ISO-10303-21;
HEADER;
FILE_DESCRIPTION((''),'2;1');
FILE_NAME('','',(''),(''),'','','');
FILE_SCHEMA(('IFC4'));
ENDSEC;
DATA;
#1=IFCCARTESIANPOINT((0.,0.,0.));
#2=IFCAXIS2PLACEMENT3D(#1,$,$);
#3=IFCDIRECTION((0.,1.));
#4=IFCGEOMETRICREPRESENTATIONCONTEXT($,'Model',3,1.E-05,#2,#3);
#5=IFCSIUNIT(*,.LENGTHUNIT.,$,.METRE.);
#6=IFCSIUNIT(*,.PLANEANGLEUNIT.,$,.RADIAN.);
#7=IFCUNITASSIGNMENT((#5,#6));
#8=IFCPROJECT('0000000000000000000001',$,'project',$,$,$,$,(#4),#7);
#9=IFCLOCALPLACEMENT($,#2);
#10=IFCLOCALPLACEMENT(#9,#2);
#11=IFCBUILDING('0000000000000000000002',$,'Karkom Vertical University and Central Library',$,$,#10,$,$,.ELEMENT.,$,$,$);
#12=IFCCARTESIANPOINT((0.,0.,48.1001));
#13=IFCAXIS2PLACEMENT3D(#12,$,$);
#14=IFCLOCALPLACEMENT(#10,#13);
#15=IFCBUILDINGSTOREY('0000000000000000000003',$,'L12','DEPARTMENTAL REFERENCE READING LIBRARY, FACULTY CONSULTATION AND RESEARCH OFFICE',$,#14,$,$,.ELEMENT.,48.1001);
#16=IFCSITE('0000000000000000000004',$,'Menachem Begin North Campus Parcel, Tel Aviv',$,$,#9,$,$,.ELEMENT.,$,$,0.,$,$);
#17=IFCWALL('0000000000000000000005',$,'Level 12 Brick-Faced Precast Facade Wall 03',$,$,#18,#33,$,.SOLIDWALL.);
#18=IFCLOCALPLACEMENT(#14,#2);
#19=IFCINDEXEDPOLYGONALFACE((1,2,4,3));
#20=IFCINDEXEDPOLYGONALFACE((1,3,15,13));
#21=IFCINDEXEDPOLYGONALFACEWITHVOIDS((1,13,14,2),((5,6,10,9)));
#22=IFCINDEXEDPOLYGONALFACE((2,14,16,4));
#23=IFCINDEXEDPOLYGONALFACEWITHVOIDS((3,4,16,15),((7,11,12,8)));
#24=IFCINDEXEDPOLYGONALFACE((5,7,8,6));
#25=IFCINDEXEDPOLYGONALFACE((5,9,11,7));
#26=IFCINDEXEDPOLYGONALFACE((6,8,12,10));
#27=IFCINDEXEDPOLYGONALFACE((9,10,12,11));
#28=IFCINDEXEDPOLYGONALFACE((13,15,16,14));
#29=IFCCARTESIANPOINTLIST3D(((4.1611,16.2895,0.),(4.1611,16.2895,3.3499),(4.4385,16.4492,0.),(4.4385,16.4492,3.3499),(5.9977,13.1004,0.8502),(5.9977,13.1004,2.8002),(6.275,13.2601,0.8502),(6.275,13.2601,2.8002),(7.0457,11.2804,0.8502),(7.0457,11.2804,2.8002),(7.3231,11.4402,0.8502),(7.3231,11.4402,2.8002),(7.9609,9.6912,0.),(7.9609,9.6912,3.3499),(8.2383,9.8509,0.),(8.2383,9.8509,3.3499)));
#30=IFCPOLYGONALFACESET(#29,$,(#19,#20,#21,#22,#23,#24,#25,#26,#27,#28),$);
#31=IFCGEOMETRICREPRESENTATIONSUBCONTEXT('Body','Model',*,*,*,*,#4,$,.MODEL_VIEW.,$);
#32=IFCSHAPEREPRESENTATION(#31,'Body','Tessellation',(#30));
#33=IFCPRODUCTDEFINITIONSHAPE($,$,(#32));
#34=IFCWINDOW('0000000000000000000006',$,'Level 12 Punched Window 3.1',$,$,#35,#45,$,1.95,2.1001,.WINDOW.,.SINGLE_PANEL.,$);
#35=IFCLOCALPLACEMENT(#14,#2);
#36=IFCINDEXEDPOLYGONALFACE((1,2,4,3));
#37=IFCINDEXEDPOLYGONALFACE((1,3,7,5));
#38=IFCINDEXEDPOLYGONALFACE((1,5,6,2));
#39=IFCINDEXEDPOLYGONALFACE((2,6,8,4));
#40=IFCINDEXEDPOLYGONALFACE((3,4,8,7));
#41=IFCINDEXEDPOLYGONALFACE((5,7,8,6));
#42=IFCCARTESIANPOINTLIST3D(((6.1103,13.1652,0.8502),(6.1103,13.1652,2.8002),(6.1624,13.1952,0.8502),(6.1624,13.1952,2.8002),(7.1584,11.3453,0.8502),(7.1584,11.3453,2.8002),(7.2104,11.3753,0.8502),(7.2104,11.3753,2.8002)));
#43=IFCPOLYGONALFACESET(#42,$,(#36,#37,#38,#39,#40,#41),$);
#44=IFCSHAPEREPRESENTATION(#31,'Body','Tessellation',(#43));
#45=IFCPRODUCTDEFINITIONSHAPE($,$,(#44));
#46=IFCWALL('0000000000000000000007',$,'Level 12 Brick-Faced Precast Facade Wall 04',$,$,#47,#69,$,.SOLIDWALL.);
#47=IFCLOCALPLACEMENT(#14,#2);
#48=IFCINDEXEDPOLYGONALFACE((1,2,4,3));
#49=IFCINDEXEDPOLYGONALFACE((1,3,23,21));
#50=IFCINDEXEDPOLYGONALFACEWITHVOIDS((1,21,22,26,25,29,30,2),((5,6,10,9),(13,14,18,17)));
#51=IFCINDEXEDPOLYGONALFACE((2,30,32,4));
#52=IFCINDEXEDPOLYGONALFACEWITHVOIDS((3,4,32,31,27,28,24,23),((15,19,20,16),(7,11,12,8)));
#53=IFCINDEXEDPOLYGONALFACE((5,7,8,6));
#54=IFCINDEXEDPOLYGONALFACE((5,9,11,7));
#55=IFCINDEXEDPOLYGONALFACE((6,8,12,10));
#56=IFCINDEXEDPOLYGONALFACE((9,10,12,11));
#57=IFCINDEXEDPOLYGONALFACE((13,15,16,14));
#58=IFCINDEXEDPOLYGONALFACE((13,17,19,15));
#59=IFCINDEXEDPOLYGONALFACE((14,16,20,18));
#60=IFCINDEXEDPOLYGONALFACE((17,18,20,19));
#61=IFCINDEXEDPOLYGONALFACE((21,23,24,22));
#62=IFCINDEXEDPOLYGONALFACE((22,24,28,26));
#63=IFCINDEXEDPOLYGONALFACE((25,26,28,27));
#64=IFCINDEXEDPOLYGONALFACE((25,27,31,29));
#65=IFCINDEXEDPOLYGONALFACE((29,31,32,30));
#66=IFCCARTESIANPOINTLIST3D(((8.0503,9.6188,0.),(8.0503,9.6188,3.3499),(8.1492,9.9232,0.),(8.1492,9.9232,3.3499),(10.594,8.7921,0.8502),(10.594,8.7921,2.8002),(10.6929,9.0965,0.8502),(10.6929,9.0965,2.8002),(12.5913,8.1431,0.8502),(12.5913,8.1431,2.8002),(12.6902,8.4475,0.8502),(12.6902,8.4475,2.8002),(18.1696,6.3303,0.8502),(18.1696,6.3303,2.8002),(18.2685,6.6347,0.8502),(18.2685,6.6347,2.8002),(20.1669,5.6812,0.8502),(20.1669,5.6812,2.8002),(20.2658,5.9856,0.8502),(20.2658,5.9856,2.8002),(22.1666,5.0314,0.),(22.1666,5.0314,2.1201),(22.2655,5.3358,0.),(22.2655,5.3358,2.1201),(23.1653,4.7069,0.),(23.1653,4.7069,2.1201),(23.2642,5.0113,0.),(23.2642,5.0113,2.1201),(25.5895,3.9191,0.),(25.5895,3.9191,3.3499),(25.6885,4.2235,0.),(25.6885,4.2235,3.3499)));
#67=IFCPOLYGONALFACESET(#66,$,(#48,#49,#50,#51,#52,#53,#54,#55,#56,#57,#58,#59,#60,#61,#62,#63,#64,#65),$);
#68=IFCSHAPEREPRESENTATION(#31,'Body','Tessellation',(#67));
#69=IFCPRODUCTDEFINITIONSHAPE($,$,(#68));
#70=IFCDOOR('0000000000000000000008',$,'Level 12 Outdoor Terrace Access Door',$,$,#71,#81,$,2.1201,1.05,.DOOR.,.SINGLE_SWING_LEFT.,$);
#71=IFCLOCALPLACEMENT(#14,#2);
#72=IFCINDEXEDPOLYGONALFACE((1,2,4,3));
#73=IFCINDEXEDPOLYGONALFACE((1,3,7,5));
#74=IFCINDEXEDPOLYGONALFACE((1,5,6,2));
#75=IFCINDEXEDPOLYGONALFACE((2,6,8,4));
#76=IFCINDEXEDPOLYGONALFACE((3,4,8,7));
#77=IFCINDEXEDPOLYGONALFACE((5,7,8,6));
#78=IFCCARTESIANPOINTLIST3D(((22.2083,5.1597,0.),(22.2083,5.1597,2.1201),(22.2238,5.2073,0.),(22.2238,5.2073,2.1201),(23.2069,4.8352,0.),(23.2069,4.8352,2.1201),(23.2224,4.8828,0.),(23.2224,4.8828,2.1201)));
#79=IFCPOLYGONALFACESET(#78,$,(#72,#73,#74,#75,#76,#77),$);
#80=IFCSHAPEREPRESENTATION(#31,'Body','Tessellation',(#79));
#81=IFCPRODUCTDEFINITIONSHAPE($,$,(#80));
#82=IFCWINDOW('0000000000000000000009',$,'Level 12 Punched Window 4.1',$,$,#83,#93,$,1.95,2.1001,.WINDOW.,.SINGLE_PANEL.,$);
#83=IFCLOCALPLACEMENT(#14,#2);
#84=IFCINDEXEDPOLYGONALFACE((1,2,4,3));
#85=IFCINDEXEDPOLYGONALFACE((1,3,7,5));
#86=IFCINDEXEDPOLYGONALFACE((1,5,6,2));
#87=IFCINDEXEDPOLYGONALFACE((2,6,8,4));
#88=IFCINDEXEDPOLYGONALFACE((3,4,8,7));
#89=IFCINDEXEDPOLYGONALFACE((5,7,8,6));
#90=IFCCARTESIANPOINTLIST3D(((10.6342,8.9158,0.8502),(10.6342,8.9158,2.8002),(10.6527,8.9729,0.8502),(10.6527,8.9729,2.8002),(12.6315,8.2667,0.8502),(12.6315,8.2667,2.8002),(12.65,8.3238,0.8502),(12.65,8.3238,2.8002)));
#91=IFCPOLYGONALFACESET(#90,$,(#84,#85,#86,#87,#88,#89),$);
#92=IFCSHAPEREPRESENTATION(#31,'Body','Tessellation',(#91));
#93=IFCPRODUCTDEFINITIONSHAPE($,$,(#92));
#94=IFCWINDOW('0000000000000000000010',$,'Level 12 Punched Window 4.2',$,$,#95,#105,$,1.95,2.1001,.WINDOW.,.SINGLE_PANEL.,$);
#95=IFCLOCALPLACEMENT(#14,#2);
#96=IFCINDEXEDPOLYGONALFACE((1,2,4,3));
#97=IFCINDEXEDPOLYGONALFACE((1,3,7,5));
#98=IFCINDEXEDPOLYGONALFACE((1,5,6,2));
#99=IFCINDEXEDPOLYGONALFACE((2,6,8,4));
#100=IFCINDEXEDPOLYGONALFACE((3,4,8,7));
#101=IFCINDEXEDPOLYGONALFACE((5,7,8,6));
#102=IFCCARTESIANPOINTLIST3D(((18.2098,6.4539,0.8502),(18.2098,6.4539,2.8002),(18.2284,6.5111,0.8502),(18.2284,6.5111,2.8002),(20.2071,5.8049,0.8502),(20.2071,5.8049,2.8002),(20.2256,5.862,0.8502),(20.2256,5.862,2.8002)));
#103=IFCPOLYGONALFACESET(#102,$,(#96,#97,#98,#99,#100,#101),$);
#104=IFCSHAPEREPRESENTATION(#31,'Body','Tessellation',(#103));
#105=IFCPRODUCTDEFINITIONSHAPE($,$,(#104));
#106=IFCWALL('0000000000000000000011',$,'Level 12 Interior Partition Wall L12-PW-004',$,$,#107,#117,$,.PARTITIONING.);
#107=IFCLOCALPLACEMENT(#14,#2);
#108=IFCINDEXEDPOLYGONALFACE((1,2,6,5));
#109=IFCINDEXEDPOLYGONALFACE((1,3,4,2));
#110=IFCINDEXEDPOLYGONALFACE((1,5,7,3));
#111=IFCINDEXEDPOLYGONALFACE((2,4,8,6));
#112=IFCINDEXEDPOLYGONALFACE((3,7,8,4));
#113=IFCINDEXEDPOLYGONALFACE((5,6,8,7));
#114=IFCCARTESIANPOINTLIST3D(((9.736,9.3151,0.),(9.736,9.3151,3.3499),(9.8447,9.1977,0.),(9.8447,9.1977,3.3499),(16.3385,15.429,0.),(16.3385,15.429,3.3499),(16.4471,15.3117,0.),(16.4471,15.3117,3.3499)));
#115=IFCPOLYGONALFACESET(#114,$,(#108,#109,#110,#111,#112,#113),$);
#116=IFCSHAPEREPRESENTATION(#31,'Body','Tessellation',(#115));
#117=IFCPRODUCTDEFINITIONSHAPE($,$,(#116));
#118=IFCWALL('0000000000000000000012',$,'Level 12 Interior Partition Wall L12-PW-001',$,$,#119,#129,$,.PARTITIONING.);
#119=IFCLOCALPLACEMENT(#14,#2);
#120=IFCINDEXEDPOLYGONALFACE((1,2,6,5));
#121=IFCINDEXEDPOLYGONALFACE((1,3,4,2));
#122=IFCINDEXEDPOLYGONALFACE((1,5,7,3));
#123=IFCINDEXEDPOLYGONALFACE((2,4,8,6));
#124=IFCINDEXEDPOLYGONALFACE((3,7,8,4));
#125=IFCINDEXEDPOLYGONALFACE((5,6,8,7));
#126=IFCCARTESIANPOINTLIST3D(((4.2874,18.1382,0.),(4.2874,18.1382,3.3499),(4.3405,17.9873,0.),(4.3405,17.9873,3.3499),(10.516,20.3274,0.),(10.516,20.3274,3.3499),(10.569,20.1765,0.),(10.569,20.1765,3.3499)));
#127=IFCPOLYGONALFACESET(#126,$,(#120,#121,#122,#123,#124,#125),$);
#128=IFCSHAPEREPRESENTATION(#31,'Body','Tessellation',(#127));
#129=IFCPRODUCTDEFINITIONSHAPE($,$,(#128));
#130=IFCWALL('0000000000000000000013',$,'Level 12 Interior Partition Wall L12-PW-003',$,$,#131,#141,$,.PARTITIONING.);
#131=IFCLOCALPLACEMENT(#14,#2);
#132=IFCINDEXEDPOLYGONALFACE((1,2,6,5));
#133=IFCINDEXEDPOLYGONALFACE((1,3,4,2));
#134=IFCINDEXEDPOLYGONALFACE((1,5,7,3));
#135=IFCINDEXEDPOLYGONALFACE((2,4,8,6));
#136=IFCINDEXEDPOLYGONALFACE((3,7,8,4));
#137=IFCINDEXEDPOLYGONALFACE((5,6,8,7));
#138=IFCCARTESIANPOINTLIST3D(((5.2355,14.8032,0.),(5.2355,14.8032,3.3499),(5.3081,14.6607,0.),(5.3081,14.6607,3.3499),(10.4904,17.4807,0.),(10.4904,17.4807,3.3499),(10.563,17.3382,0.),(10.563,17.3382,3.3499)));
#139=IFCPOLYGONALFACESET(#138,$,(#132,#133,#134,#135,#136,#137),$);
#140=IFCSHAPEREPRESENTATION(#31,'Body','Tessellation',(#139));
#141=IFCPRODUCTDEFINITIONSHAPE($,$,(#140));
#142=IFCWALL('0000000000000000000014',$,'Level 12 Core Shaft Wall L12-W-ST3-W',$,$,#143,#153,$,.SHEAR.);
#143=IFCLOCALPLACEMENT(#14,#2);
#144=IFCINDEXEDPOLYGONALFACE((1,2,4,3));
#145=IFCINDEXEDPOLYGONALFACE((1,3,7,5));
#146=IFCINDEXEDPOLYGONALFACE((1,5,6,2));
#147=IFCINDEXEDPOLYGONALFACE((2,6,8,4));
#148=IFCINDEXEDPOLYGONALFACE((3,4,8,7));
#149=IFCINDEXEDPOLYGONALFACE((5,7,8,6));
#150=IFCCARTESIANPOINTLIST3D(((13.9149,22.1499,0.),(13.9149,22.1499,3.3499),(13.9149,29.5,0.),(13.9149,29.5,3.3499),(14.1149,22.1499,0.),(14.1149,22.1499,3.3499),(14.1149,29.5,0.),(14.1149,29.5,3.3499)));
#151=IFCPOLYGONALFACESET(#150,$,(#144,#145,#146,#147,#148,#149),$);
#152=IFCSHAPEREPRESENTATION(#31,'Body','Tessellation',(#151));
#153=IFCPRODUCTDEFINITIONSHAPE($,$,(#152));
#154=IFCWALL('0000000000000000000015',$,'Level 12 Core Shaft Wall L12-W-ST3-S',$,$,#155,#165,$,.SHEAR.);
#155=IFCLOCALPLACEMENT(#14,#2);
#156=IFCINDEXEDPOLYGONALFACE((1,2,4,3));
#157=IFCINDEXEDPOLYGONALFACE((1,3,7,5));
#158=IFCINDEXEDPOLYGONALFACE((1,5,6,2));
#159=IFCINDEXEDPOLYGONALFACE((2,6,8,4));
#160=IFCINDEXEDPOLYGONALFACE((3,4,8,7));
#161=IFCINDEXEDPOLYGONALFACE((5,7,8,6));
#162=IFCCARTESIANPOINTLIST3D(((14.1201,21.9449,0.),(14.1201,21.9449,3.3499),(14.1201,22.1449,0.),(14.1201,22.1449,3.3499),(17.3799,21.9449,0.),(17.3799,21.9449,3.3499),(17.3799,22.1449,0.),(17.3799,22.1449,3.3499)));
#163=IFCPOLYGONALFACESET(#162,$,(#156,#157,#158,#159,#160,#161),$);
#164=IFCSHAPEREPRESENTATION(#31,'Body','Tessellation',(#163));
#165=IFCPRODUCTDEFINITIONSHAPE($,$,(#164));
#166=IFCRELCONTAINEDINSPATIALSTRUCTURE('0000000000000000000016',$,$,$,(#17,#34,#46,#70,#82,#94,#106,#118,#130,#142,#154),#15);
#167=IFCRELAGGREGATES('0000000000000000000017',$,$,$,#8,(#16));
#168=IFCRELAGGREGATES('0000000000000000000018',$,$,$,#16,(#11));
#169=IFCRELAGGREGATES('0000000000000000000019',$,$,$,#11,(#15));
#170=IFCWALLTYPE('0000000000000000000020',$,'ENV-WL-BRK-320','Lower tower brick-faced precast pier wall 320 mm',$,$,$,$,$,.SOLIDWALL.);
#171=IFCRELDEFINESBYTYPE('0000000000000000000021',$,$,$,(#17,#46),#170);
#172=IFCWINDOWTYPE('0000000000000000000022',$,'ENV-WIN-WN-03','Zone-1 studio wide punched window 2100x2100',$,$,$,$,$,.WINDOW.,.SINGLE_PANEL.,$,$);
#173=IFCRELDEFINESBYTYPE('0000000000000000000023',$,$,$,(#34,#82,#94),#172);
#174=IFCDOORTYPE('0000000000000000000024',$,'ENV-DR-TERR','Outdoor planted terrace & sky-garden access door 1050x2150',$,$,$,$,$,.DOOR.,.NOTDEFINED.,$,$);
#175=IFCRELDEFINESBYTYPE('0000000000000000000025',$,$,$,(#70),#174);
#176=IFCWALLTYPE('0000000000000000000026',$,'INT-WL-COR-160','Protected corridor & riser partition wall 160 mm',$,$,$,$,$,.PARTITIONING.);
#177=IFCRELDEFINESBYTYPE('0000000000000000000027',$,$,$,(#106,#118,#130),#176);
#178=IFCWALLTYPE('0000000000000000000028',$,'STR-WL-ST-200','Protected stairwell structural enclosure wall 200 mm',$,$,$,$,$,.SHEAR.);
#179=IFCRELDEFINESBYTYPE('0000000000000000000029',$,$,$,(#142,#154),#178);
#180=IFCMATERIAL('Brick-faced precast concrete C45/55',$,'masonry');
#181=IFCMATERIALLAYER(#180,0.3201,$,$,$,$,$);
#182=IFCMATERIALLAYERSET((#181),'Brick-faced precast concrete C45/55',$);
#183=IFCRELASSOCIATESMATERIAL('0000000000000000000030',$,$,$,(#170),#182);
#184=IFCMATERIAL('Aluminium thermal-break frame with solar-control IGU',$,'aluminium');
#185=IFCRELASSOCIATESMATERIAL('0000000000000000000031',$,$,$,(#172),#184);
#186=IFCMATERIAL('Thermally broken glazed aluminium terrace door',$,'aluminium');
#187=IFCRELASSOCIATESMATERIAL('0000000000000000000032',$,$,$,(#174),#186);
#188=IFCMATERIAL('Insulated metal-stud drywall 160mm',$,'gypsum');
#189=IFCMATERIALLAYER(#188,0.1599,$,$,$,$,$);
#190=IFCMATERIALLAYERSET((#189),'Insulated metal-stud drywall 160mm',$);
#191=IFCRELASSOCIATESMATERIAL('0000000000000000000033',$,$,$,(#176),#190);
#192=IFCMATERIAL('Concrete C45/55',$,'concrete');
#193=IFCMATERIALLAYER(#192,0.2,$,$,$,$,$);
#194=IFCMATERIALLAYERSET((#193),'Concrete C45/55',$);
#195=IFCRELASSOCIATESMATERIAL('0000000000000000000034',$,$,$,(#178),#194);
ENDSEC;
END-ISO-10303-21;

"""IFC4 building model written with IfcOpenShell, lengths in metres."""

from ifc_helpers import new_model, si_unit, direction, frame, frame_2d, origin, origin_with_axes, place, context, subcontext, project, spatial, rectangle, extrude, source, transform, mapped, material, layer, layer_set, type_object, element, fill, save


model = new_model("IFC4")

# Units and contexts
model_context = context("Model", 3, precision=1e-05, world=origin(), true_north=direction((0.0, 1.0)))
body_context = subcontext(model_context, "Body", "Model", "MODEL_VIEW")
ifc_project = project(units=[si_unit("LENGTHUNIT", "METRE"), si_unit("PLANEANGLEUNIT", "RADIAN")], contexts=[model_context])

# Site, building, storey
site_placement = place(None, origin())
site = spatial("IfcSite", under=ifc_project, at=site_placement, Name="Menachem Begin North Campus Parcel, Tel Aviv", CompositionType="ELEMENT", RefElevation=0.0)
building_placement = place(site_placement, origin())
building = spatial("IfcBuilding", under=site, at=building_placement, Name="Karkom Vertical University and Central Library", CompositionType="ELEMENT")
storey_placement = place(building_placement, frame((0.0, 0.0, 48.1001)))
storey = spatial("IfcBuildingStorey", under=building, at=storey_placement, Name="L12", Description="DEPARTMENTAL REFERENCE READING LIBRARY, FACULTY CONSULTATION AND RESEARCH OFFICE", CompositionType="ELEMENT", Elevation=48.1001)

# Shared definitions
ifc_material_1 = material(Name="Concrete C45/55", Category="concrete")

# Wall, opening, window
ifc_material_2 = material(Name="Brick-faced precast concrete C45/55", Category="masonry")
ifc_layer_1 = layer(ifc_material_2, 0.3201)
ifc_layer_set_1 = layer_set([ifc_layer_1], Name="Brick-faced precast concrete C45/55")
wall_type_1 = type_object("IfcWallType", Name="ENV-WL-BRK-320", Description="Lower tower brick-faced precast pier wall 320 mm", PredefinedType="SOLIDWALL", material=ifc_layer_set_1)
wall_1_placement = place(storey_placement, frame((4.2998, 16.3694, 0.0), z_axis=(0.0, 0.0, 1.0), x_axis=(0.499037, -0.866581, 0.0)))
wall_1 = element("IfcWall", 1, at=wall_1_placement, inside=storey, type_object=wall_type_1, Name="Level 12 Brick-Faced Precast Facade Wall 03", PredefinedType="SOLIDWALL", context=body_context, shape_type="SweptSolid", body=[
    extrude(rectangle(XDim=7.6143, YDim=0.3201, at=frame_2d((3.8071, 0.0))), origin(), (0.0, 0.0, 1.0), 3.3499),
])
opening_1_placement = place(wall_1_placement, frame((3.6802, 0.0, 0.8501)))
opening_1 = element("IfcOpeningElement", 2, at=opening_1_placement, cuts=wall_1, PredefinedType="OPENING", context=body_context, shape_type="SweptSolid", body=[
    extrude(rectangle(XDim=2.1001, YDim=1.95, at=frame_2d((1.05, 0.9751))), frame((0.0, 0.1699, 0.0), z_axis=(0.0, -1.0, 0.0), x_axis=(1.0, 0.0, 0.0)), (0.0, 0.0, 1.0), 0.3401),
])
ifc_material_3 = material(Name="Aluminium thermal-break frame with solar-control IGU", Category="aluminium")
window_type = type_object("IfcWindowType", Name="ENV-WIN-WN-03", Description="Zone-1 studio wide punched window 2100x2100", PartitioningType="SINGLE_PANEL", PredefinedType="WINDOW", material=ifc_material_3)
shared_shape_1 = source(origin_with_axes(), body_context, "Body", "SweptSolid", [
    extrude(rectangle(XDim=2.1001, YDim=1.95, at=frame_2d((1.05, 0.9751))), frame((0.0, 0.03, 0.0), z_axis=(0.0, -1.0, 0.0), x_axis=(1.0, 0.0, 0.0)), (0.0, 0.0, 1.0), 0.0601),
])
window_1_placement = place(opening_1_placement, origin())
window_1 = element("IfcWindow", 3, at=window_1_placement, inside=storey, type_object=window_type, Name="Level 12 Punched Window 3.1", OverallHeight=1.95, OverallWidth=2.1001, PartitioningType="SINGLE_PANEL", PredefinedType="WINDOW", context=body_context, shape_type="MappedRepresentation", body=[
    mapped(shared_shape_1, transform((0.0, 0.0, 0.0), scale=1.0)),
])
fill(opening_1, window_1)

# Wall, openings, door, windows
wall_2_placement = place(storey_placement, frame((8.0996, 9.771, 0.0), z_axis=(0.0, 0.0, 1.0), x_axis=(0.951043, -0.309058, 0.0)))
wall_2 = element("IfcWall", 4, at=wall_2_placement, inside=storey, type_object=wall_type_1, Name="Level 12 Brick-Faced Precast Facade Wall 04", PredefinedType="SOLIDWALL", context=body_context, shape_type="SweptSolid", body=[
    extrude(rectangle(XDim=18.4421, YDim=0.3201, at=frame_2d((9.2212, 0.0))), origin(), (0.0, 0.0, 1.0), 3.3499),
])
opening_2_placement = place(wall_2_placement, frame((2.6748, 0.0, 0.8501)))
opening_2 = element("IfcOpeningElement", 5, at=opening_2_placement, cuts=wall_2, PredefinedType="OPENING", context=body_context, shape_type="SweptSolid", body=[
    extrude(rectangle(XDim=2.1001, YDim=1.95, at=frame_2d((1.05, 0.9751))), frame((0.0, 0.1699, 0.0), z_axis=(0.0, -1.0, 0.0), x_axis=(1.0, 0.0, 0.0)), (0.0, 0.0, 1.0), 0.3401),
])
opening_3_placement = place(wall_2_placement, frame((10.6404, 0.0, 0.8501)))
opening_3 = element("IfcOpeningElement", 6, at=opening_3_placement, cuts=wall_2, PredefinedType="OPENING", context=body_context, shape_type="SweptSolid", body=[
    extrude(rectangle(XDim=2.1001, YDim=1.95, at=frame_2d((1.05, 0.9751))), frame((0.0, 0.1699, 0.0), z_axis=(0.0, -1.0, 0.0), x_axis=(1.0, 0.0, 0.0)), (0.0, 0.0, 1.0), 0.3401),
])
opening_4_placement = place(wall_2_placement, frame((14.8433, 0.0, 0.0)))
opening_4 = element("IfcOpeningElement", 7, at=opening_4_placement, cuts=wall_2, PredefinedType="OPENING", context=body_context, shape_type="SweptSolid", body=[
    extrude(rectangle(XDim=1.05, YDim=2.1201, at=frame_2d((0.5249, 1.0601))), frame((0.0, 0.1699, 0.0), z_axis=(0.0, -1.0, 0.0), x_axis=(1.0, 0.0, 0.0)), (0.0, 0.0, 1.0), 0.3401),
])
ifc_material_4 = material(Name="Thermally broken glazed aluminium terrace door", Category="aluminium")
door_type_1 = type_object("IfcDoorType", Name="ENV-DR-TERR", Description="Outdoor planted terrace & sky-garden access door 1050x2150", OperationType="NOTDEFINED", PredefinedType="DOOR", material=ifc_material_4)
shared_shape_2 = source(origin_with_axes(), body_context, "Body", "SweptSolid", [
    extrude(rectangle(XDim=1.05, YDim=2.1201, at=frame_2d((0.5249, 1.0601))), frame((0.0, 0.0249, 0.0), z_axis=(0.0, -1.0, 0.0), x_axis=(1.0, 0.0, 0.0)), (0.0, 0.0, 1.0), 0.05),
])
door_1_placement = place(opening_4_placement, origin())
door_1 = element("IfcDoor", 8, at=door_1_placement, inside=storey, type_object=door_type_1, Name="Level 12 Outdoor Terrace Access Door", OperationType="SINGLE_SWING_LEFT", OverallHeight=2.1201, OverallWidth=1.05, PredefinedType="DOOR", context=body_context, shape_type="MappedRepresentation", body=[
    mapped(shared_shape_2, transform((0.0, 0.0, 0.0), scale=1.0)),
])
fill(opening_4, door_1)
window_2_placement = place(opening_2_placement, origin())
window_2 = element("IfcWindow", 9, at=window_2_placement, inside=storey, type_object=window_type, Name="Level 12 Punched Window 4.1", OverallHeight=1.95, OverallWidth=2.1001, PartitioningType="SINGLE_PANEL", PredefinedType="WINDOW", context=body_context, shape_type="MappedRepresentation", body=[
    mapped(shared_shape_1, transform((0.0, 0.0, 0.0), scale=1.0)),
])
fill(opening_2, window_2)
window_3_placement = place(opening_3_placement, origin())
window_3 = element("IfcWindow", 10, at=window_3_placement, inside=storey, type_object=window_type, Name="Level 12 Punched Window 4.2", OverallHeight=1.95, OverallWidth=2.1001, PartitioningType="SINGLE_PANEL", PredefinedType="WINDOW", context=body_context, shape_type="MappedRepresentation", body=[
    mapped(shared_shape_1, transform((0.0, 0.0, 0.0), scale=1.0)),
])
fill(opening_3, window_3)

# Shared definitions
ifc_material_5 = material(Name="Insulated metal-stud drywall 160mm", Category="gypsum")
ifc_layer_2 = layer(ifc_material_5, 0.1599)
ifc_layer_set_2 = layer_set([ifc_layer_2], Name="Insulated metal-stud drywall 160mm")
wall_type_2 = type_object("IfcWallType", Name="INT-WL-COR-160", Description="Protected corridor & riser partition wall 160 mm", PredefinedType="PARTITIONING", material=ifc_layer_set_2)

# Walls
wall_3_placement = place(storey_placement, frame((16.3928, 15.3704, 0.0), z_axis=(0.0, 0.0, 1.0), x_axis=(-0.73373, -0.679441, 0.0)))
element("IfcWall", 11, at=wall_3_placement, inside=storey, type_object=wall_type_2, Name="Level 12 Interior Partition Wall L12-PW-004", PredefinedType="PARTITIONING", context=body_context, shape_type="SweptSolid", body=[
    extrude(rectangle(XDim=8.9985, YDim=0.1599, at=frame_2d((4.4993, 0.0))), origin(), (0.0, 0.0, 1.0), 3.3499),
])
wall_4_placement = place(storey_placement, frame((10.5425, 20.252, 0.0), z_axis=(0.0, 0.0, 1.0), x_axis=(-0.943422, -0.331595, 0.0)))
element("IfcWall", 12, at=wall_4_placement, inside=storey, type_object=wall_type_2, Name="Level 12 Interior Partition Wall L12-PW-001", PredefinedType="PARTITIONING", context=body_context, shape_type="SweptSolid", body=[
    extrude(rectangle(XDim=6.6021, YDim=0.1599, at=frame_2d((3.301, 0.0))), origin(), (0.0, 0.0, 1.0), 3.3499),
])
wall_5_placement = place(storey_placement, frame((10.5266, 17.4094, 0.0), z_axis=(0.0, 0.0, 1.0), x_axis=(-0.891007, -0.45399, 0.0)))
element("IfcWall", 13, at=wall_5_placement, inside=storey, type_object=wall_type_2, Name="Level 12 Interior Partition Wall L12-PW-003", PredefinedType="PARTITIONING", context=body_context, shape_type="SweptSolid", body=[
    extrude(rectangle(XDim=5.8977, YDim=0.1599, at=frame_2d((2.9487, 0.0))), origin(), (0.0, 0.0, 1.0), 3.3499),
])
ifc_layer_3 = layer(ifc_material_1, 0.2)
ifc_layer_set_3 = layer_set([ifc_layer_3], Name="Concrete C45/55")
wall_type_3 = type_object("IfcWallType", Name="STR-WL-ST-200", Description="Protected stairwell structural enclosure wall 200 mm", PredefinedType="SHEAR", material=ifc_layer_set_3)
wall_6_placement = place(storey_placement, frame((14.0149, 22.1499, 0.0), z_axis=(0.0, 0.0, 1.0), x_axis=(0.0, 1.0, 0.0)))
element("IfcWall", 14, at=wall_6_placement, inside=storey, type_object=wall_type_3, Name="Level 12 Core Shaft Wall L12-W-ST3-W", PredefinedType="SHEAR", context=body_context, shape_type="SweptSolid", body=[
    extrude(rectangle(XDim=7.3501, YDim=0.2, at=frame_2d((3.675, 0.0))), origin(), (0.0, 0.0, 1.0), 3.3499),
])
wall_7_placement = place(storey_placement, frame((14.1201, 22.0449, 0.0), z_axis=(0.0, 0.0, 1.0), x_axis=(1.0, 0.0, 0.0)))
element("IfcWall", 15, at=wall_7_placement, inside=storey, type_object=wall_type_3, Name="Level 12 Core Shaft Wall L12-W-ST3-S", PredefinedType="SHEAR", context=body_context, shape_type="SweptSolid", body=[
    extrude(rectangle(XDim=3.2598, YDim=0.2, at=frame_2d((1.6299, 0.0))), origin(), (0.0, 0.0, 1.0), 3.3499),
])

save(model, "model.ifc")
